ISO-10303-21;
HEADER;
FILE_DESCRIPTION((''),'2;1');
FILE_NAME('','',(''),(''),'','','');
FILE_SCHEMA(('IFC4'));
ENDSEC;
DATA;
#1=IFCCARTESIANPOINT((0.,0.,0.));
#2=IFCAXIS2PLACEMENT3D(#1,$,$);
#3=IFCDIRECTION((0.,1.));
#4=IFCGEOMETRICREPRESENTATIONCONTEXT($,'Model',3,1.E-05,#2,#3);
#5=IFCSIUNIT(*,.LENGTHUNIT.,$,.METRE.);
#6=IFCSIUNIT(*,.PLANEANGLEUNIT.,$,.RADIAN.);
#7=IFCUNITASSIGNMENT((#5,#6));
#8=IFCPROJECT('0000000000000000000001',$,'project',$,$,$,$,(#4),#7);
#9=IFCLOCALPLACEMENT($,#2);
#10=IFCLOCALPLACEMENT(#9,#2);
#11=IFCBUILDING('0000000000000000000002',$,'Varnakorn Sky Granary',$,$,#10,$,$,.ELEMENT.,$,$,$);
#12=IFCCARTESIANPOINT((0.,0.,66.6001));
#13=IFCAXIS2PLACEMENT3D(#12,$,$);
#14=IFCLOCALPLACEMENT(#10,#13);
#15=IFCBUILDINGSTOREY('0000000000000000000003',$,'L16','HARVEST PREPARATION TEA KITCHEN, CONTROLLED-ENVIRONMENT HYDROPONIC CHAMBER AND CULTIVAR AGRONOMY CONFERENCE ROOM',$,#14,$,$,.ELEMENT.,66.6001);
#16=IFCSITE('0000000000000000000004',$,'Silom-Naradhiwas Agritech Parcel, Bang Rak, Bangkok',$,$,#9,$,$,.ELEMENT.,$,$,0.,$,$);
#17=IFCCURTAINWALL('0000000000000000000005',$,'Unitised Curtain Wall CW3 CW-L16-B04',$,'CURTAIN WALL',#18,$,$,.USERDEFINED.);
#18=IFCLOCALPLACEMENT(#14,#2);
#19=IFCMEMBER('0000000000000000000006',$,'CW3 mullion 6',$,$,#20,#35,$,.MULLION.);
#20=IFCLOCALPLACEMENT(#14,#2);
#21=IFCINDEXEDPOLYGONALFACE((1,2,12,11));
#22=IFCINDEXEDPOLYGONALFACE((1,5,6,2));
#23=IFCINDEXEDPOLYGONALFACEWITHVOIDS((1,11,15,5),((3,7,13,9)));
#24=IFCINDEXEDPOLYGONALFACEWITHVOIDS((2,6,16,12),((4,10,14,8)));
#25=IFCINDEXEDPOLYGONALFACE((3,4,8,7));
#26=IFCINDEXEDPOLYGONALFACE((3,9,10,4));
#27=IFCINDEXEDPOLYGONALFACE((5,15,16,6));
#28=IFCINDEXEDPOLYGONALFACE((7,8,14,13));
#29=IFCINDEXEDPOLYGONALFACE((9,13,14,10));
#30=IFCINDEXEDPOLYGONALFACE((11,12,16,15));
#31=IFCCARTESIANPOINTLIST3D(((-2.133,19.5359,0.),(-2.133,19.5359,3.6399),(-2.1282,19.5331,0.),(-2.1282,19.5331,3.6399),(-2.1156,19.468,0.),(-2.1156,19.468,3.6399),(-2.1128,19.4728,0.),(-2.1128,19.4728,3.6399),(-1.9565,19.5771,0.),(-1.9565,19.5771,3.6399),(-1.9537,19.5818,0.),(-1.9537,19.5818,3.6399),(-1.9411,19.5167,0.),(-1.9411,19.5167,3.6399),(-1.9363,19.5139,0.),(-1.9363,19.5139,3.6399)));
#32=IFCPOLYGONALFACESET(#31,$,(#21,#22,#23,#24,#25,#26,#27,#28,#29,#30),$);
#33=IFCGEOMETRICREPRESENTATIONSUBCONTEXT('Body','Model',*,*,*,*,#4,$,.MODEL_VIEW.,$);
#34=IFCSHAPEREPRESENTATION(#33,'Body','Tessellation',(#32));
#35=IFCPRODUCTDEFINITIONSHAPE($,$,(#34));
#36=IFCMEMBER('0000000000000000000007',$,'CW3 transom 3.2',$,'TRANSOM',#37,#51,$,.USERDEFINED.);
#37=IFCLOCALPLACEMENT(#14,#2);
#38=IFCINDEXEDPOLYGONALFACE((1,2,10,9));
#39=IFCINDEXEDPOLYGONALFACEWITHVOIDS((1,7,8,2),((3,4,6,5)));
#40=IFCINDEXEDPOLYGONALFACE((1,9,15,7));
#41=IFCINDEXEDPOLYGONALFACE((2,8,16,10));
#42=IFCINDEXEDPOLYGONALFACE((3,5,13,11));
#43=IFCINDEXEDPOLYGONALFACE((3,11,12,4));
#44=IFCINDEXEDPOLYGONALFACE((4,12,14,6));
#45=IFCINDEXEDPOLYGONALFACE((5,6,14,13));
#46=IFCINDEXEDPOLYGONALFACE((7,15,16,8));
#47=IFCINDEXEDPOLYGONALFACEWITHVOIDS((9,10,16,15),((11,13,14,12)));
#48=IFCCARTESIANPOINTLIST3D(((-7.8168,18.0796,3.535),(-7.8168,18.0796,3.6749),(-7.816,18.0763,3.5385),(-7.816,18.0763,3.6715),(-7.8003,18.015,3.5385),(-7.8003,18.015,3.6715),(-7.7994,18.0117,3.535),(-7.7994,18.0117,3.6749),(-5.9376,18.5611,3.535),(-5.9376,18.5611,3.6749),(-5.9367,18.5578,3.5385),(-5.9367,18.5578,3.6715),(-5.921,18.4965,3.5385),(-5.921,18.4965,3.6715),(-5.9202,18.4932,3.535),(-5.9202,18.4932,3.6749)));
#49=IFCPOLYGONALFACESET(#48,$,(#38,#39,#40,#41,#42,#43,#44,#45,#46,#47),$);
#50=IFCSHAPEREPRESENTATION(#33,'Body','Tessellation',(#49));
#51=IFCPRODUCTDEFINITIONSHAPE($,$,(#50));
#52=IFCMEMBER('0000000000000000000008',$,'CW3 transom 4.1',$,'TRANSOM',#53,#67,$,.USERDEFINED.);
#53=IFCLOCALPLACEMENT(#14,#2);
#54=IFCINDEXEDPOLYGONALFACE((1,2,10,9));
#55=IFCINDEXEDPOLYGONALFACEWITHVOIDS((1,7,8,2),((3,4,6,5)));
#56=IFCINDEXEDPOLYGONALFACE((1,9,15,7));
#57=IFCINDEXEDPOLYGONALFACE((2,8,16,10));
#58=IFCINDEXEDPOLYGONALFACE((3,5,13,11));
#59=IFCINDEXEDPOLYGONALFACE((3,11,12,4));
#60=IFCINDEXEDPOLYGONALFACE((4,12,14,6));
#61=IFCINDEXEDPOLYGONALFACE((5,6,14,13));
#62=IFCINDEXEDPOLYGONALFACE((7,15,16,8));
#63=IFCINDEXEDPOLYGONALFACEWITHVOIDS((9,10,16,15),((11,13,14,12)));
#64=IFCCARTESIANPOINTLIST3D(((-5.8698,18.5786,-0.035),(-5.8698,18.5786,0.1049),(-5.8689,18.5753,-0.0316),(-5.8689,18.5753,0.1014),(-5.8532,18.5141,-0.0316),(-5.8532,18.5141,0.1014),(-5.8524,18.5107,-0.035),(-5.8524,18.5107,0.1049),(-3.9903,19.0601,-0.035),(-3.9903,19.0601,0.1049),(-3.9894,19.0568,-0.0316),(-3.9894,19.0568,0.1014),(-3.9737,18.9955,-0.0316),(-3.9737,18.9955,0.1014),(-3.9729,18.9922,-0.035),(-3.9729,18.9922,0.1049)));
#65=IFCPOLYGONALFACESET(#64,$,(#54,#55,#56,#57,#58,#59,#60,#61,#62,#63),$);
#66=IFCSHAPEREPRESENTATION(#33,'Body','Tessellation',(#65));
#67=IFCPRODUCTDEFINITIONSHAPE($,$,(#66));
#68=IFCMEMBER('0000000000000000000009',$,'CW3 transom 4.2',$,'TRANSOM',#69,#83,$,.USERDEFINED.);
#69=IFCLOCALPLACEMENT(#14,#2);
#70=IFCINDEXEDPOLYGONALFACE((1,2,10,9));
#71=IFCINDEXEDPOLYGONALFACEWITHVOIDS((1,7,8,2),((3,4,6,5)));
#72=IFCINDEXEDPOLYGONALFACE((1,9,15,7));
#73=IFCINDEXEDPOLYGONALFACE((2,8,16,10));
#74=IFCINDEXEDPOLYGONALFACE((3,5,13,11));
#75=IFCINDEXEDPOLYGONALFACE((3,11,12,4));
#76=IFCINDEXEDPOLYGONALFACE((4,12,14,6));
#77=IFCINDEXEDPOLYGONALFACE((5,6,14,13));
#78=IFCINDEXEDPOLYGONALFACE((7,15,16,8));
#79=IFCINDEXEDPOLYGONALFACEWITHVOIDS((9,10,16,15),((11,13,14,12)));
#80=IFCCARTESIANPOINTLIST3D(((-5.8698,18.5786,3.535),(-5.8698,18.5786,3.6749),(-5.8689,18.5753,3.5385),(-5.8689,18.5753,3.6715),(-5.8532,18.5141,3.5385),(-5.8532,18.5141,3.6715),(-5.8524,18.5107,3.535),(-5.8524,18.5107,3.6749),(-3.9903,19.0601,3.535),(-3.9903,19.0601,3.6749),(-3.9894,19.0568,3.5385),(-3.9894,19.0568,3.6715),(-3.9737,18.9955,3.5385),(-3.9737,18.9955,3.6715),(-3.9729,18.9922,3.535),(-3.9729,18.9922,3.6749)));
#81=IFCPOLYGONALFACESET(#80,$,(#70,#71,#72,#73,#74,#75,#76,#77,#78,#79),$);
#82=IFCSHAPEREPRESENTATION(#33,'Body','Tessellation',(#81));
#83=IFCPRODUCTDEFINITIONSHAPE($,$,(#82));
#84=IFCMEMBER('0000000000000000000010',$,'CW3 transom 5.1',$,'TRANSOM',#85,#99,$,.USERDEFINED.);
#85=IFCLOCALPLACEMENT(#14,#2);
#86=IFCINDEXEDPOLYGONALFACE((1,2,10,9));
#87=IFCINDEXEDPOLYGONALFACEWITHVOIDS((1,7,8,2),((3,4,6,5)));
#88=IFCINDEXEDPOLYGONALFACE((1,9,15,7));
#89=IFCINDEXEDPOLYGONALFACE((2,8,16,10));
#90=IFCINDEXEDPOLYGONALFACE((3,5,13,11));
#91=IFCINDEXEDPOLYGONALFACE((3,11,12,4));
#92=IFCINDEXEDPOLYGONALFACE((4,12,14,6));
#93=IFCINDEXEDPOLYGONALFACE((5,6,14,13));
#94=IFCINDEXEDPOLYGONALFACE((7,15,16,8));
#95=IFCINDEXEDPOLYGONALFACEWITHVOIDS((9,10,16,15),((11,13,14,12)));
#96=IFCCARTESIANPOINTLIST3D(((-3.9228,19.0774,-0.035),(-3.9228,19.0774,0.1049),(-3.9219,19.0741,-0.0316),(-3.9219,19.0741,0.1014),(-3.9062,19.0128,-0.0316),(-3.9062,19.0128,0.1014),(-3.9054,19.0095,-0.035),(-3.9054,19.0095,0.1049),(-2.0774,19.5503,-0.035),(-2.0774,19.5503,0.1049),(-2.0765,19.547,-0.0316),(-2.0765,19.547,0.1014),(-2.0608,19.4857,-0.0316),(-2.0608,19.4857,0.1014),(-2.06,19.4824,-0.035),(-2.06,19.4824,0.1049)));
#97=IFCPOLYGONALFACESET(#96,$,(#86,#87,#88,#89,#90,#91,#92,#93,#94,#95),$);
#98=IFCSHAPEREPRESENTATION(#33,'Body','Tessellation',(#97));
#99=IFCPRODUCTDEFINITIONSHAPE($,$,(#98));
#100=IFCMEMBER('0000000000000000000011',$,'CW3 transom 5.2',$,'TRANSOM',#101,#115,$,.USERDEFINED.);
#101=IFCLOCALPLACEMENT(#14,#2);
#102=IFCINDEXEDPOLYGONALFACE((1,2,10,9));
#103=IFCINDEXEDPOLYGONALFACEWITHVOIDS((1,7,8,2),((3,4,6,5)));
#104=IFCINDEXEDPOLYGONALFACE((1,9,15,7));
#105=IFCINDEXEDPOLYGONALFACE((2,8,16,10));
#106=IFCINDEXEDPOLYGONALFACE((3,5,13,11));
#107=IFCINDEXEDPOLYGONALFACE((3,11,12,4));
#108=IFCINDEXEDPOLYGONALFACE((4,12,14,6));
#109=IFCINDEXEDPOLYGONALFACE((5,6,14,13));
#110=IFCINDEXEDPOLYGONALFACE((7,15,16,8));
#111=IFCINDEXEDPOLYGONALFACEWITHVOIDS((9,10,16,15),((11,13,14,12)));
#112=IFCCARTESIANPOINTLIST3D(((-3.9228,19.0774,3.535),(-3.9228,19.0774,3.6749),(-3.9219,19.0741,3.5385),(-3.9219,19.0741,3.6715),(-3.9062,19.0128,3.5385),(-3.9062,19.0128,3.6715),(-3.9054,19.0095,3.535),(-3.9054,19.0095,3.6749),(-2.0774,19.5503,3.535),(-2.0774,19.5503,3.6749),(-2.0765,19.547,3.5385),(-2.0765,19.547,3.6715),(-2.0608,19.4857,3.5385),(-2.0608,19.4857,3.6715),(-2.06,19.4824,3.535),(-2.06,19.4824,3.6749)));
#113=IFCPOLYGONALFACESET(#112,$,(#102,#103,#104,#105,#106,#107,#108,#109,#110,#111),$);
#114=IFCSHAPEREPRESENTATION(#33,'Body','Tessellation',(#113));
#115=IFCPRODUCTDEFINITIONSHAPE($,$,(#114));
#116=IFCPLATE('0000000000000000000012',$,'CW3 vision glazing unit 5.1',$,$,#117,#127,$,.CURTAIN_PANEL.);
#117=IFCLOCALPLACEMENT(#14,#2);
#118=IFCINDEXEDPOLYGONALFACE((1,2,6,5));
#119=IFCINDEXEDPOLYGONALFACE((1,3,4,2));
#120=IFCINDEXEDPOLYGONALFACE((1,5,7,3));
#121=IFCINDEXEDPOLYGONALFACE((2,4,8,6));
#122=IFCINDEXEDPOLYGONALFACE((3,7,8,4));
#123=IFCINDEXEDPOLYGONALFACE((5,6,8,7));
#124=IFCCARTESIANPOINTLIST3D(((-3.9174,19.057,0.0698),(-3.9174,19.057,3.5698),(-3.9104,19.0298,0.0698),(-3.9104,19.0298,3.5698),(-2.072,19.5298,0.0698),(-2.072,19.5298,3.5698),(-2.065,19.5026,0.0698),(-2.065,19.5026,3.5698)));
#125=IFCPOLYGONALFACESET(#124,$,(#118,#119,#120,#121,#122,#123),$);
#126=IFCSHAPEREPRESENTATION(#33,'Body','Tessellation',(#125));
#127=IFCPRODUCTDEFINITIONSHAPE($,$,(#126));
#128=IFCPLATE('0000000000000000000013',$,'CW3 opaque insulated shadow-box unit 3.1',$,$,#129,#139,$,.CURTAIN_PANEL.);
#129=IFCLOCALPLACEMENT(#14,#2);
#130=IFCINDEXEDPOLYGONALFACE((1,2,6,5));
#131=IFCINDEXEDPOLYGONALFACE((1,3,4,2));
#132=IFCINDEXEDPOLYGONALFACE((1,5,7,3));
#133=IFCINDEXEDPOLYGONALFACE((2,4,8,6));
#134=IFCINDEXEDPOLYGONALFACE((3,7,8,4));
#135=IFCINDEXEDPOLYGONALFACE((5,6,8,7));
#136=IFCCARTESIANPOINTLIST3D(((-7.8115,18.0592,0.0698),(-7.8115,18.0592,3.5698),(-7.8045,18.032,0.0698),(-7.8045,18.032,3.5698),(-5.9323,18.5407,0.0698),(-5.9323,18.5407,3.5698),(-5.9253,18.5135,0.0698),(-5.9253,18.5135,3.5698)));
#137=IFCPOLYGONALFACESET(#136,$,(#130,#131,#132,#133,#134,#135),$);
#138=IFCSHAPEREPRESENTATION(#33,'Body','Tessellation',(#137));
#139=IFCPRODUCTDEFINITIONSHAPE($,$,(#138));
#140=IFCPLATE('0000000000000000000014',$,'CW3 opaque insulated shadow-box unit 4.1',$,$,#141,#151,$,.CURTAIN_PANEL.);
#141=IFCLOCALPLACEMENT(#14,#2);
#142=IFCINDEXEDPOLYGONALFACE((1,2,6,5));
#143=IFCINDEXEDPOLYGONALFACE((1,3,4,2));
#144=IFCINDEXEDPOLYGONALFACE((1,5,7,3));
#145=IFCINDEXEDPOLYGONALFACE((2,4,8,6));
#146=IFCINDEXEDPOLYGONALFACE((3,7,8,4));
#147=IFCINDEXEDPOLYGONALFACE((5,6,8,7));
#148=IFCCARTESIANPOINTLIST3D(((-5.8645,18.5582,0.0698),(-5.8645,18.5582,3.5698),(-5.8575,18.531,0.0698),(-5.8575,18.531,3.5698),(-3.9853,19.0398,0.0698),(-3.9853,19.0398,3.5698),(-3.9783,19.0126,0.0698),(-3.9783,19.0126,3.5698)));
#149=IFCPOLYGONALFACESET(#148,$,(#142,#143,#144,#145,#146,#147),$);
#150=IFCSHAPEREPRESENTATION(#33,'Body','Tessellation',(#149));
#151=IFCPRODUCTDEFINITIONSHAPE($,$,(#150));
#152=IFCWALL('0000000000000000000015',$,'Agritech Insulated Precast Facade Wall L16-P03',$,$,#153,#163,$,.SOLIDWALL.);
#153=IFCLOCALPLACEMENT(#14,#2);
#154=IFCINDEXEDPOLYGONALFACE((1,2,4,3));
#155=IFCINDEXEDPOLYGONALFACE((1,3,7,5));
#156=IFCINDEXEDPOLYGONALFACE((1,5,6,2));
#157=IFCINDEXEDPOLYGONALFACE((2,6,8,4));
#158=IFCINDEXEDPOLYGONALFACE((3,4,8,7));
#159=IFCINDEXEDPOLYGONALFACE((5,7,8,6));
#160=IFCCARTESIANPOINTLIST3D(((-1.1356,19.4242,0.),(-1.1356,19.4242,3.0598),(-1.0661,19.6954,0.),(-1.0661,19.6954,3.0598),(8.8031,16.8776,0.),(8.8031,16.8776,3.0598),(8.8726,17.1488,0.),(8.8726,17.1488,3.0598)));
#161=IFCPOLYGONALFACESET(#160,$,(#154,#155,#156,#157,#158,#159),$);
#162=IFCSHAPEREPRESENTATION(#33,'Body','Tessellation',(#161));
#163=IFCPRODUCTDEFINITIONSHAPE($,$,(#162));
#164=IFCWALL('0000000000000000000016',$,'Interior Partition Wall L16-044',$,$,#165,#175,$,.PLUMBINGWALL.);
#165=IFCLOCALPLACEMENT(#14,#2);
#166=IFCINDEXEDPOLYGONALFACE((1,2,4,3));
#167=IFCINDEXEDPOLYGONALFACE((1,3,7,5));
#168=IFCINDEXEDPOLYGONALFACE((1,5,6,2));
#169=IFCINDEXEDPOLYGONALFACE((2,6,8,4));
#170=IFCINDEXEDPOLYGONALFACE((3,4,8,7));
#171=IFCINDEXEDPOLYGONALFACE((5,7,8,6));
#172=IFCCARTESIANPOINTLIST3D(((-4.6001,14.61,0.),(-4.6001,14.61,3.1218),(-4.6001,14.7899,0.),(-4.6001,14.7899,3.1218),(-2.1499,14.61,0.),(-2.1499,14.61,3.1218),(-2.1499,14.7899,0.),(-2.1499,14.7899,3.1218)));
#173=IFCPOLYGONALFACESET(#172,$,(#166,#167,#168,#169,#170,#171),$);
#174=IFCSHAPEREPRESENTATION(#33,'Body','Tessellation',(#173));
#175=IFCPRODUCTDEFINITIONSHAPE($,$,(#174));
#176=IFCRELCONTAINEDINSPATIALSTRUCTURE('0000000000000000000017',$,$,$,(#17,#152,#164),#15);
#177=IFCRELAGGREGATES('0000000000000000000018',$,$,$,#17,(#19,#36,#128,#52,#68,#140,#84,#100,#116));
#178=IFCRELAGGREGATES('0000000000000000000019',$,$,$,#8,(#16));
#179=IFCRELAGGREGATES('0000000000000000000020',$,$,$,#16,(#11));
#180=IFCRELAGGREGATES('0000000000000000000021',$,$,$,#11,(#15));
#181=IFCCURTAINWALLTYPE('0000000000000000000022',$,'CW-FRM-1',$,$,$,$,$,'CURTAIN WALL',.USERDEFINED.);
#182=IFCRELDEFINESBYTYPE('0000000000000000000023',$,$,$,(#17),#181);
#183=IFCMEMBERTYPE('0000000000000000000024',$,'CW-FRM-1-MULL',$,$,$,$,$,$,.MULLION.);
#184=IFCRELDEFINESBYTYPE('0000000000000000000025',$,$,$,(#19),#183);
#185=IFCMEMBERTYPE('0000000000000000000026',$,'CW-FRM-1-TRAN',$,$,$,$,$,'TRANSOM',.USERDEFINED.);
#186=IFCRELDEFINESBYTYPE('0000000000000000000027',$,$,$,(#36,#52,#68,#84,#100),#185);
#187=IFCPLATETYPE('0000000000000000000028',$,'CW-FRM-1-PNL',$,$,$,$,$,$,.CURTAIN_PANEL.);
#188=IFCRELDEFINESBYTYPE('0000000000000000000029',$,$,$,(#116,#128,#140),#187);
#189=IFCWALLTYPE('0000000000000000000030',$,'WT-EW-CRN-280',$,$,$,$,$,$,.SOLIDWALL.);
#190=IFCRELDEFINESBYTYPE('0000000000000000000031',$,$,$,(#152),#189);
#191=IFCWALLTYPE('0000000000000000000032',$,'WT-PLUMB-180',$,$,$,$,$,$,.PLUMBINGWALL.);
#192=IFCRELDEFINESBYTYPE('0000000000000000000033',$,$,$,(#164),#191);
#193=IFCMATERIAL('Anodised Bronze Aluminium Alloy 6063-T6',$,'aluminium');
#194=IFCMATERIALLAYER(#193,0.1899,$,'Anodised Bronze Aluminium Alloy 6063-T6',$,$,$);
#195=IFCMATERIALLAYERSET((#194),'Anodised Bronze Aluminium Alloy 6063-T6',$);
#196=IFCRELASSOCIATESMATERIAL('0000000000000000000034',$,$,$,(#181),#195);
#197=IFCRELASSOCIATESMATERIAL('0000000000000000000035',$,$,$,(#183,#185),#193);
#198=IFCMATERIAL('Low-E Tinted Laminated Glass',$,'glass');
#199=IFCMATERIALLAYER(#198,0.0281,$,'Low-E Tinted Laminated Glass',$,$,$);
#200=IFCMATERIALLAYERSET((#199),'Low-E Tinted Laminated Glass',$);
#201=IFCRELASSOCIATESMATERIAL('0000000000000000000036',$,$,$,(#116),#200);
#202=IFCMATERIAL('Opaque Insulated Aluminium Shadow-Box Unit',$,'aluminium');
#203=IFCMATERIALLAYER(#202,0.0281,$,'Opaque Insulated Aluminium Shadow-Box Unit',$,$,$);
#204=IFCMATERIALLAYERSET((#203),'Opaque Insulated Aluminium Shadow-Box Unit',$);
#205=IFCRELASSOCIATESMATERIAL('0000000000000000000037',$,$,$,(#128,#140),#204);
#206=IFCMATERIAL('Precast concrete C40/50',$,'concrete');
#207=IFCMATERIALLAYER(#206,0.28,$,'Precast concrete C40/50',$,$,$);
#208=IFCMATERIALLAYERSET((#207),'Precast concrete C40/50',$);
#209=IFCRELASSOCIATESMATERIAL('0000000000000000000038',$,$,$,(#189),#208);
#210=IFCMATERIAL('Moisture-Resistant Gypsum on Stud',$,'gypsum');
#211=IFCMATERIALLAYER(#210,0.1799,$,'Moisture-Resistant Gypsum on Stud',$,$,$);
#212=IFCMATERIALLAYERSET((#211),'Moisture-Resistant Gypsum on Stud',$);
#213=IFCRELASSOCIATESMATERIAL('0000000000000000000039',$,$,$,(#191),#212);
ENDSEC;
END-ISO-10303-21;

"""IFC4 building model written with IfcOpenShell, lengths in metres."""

from ifc_helpers import new_model, si_unit, direction, frame, frame_2d, origin, origin_2d, place, context, subcontext, project, spatial, rectangle, hollow_rectangle, extrude, source, transform, mapped, material, layer, layer_set, material_profile, profile_set, type_object, type_shapes, element, aggregate, save


model = new_model("IFC4")

# Units and contexts
model_context = context("Model", 3, precision=1e-05, world=origin(), true_north=direction((0.0, 1.0)))
body_context = subcontext(model_context, "Body", "Model", "MODEL_VIEW")
ifc_project = project(units=[si_unit("LENGTHUNIT", "METRE"), si_unit("PLANEANGLEUNIT", "RADIAN")], contexts=[model_context])

# Site, building, storey
site_placement = place(None, origin())
site = spatial("IfcSite", under=ifc_project, at=site_placement, Name="Silom-Naradhiwas Agritech Parcel, Bang Rak, Bangkok", CompositionType="ELEMENT", RefElevation=0.0)
building_placement = place(site_placement, origin())
building = spatial("IfcBuilding", under=site, at=building_placement, Name="Varnakorn Sky Granary", CompositionType="ELEMENT")
storey_placement = place(building_placement, frame((0.0, 0.0, 66.6001)))
storey = spatial("IfcBuildingStorey", under=building, at=storey_placement, Name="L16", Description="HARVEST PREPARATION TEA KITCHEN, CONTROLLED-ENVIRONMENT HYDROPONIC CHAMBER AND CULTIVAR AGRONOMY CONFERENCE ROOM", CompositionType="ELEMENT", Elevation=66.6001)

# Curtain wall, members, plates
ifc_material_1 = material(Name="Anodised Bronze Aluminium Alloy 6063-T6", Category="aluminium")
ifc_layer_1 = layer(ifc_material_1, 0.1899, Name="Anodised Bronze Aluminium Alloy 6063-T6")
ifc_layer_set_1 = layer_set([ifc_layer_1], Name="Anodised Bronze Aluminium Alloy 6063-T6")
curtain_wall_type = type_object("IfcCurtainWallType", Name="CW-FRM-1", ElementType="CURTAIN WALL", PredefinedType="USERDEFINED", material=ifc_layer_set_1)
curtain_wall_placement = place(storey_placement, origin())
curtain_wall = element("IfcCurtainWall", 1, at=curtain_wall_placement, inside=storey, type_object=curtain_wall_type, Name="Unitised Curtain Wall CW3 CW-L16-B04", ObjectType="CURTAIN WALL", PredefinedType="USERDEFINED")
ifc_material_profile_1 = material_profile(ifc_material_1, hollow_rectangle(XDim=0.0701, YDim=0.1851, WallThickness=0.0039, at=origin_2d()), Name="ALU MULL 70x185")
ifc_profile_set_1 = profile_set([ifc_material_profile_1], Name="Anodised Bronze Aluminium Alloy 6063-T6")
member_type_1 = type_object("IfcMemberType", Name="CW-FRM-1-MULL", PredefinedType="MULLION", material=ifc_profile_set_1)
member_1_placement = place(storey_placement, frame((-2.0347, 19.5249, 0.0), z_axis=(0.0, 0.0, 1.0), x_axis=(-0.248211, 0.968706, 0.0)))
member_1 = element("IfcMember", 2, at=member_1_placement, type_object=member_type_1, Name="CW3 mullion 6", PredefinedType="MULLION", context=body_context, shape_type="SweptSolid", body=[
    extrude(hollow_rectangle(XDim=0.0701, YDim=0.1851, WallThickness=0.0039, at=origin_2d()), origin(), (0.0, 0.0, 1.0), 3.6399),
])
ifc_material_profile_2 = material_profile(ifc_material_1, hollow_rectangle(XDim=0.0701, YDim=0.1399, WallThickness=0.0034, at=origin_2d()), Name="ALU TRAN 70x140")
ifc_profile_set_2 = profile_set([ifc_material_profile_2], Name="Anodised Bronze Aluminium Alloy 6063-T6")
member_type_2 = type_object("IfcMemberType", Name="CW-FRM-1-TRAN", ElementType="TRANSOM", PredefinedType="USERDEFINED", material=ifc_profile_set_2)
member_2_placement = place(storey_placement, frame((-7.8081, 18.0457, 3.605), z_axis=(0.968712, 0.248188, 0.0), x_axis=(-0.248188, 0.968712, 0.0)))
member_2 = element("IfcMember", 3, at=member_2_placement, type_object=member_type_2, Name="CW3 transom 3.2", ObjectType="TRANSOM", PredefinedType="USERDEFINED", context=body_context, shape_type="SweptSolid", body=[
    extrude(hollow_rectangle(XDim=0.0701, YDim=0.1399, WallThickness=0.0034, at=origin_2d()), origin(), (0.0, 0.0, 1.0), 1.9399),
])
member_3_placement = place(storey_placement, frame((-5.8611, 18.5447, 0.0349), z_axis=(0.96872, 0.248157, 0.0), x_axis=(-0.248157, 0.96872, 0.0)))
member_3 = element("IfcMember", 4, at=member_3_placement, type_object=member_type_2, Name="CW3 transom 4.1", ObjectType="TRANSOM", PredefinedType="USERDEFINED", context=body_context, shape_type="SweptSolid", body=[
    extrude(hollow_rectangle(XDim=0.0701, YDim=0.1399, WallThickness=0.0034, at=origin_2d()), origin(), (0.0, 0.0, 1.0), 1.9402),
])
member_4_placement = place(storey_placement, frame((-5.8611, 18.5447, 3.605), z_axis=(0.96872, 0.248157, 0.0), x_axis=(-0.248157, 0.96872, 0.0)))
member_4 = element("IfcMember", 5, at=member_4_placement, type_object=member_type_2, Name="CW3 transom 4.2", ObjectType="TRANSOM", PredefinedType="USERDEFINED", context=body_context, shape_type="SweptSolid", body=[
    extrude(hollow_rectangle(XDim=0.0701, YDim=0.1399, WallThickness=0.0034, at=origin_2d()), origin(), (0.0, 0.0, 1.0), 1.9402),
])
member_5_placement = place(storey_placement, frame((-3.9141, 19.0435, 0.0349), z_axis=(0.968701, 0.24823, 0.0), x_axis=(-0.24823, 0.968701, 0.0)))
member_5 = element("IfcMember", 6, at=member_5_placement, type_object=member_type_2, Name="CW3 transom 5.1", ObjectType="TRANSOM", PredefinedType="USERDEFINED", context=body_context, shape_type="SweptSolid", body=[
    extrude(hollow_rectangle(XDim=0.0701, YDim=0.1399, WallThickness=0.0034, at=origin_2d()), origin(), (0.0, 0.0, 1.0), 1.905),
])
member_6_placement = place(storey_placement, frame((-3.9141, 19.0435, 3.605), z_axis=(0.968701, 0.24823, 0.0), x_axis=(-0.24823, 0.968701, 0.0)))
member_6 = element("IfcMember", 7, at=member_6_placement, type_object=member_type_2, Name="CW3 transom 5.2", ObjectType="TRANSOM", PredefinedType="USERDEFINED", context=body_context, shape_type="SweptSolid", body=[
    extrude(hollow_rectangle(XDim=0.0701, YDim=0.1399, WallThickness=0.0034, at=origin_2d()), origin(), (0.0, 0.0, 1.0), 1.905),
])
ifc_material_2 = material(Name="Low-E Tinted Laminated Glass", Category="glass")
ifc_layer_2 = layer(ifc_material_2, 0.0281, Name="Low-E Tinted Laminated Glass")
ifc_layer_set_2 = layer_set([ifc_layer_2], Name="Low-E Tinted Laminated Glass")
plate_type = type_object("IfcPlateType", Name="CW-FRM-1-PNL", PredefinedType="CURTAIN_PANEL")
shared_shape_1 = source(origin(), body_context, "Body", "SweptSolid", [
    extrude(rectangle(XDim=1.905, YDim=0.0281, at=origin_2d()), origin(), (0.0, 0.0, 1.0), 3.5),
])
plate_1_placement = place(storey_placement, frame((-2.9912, 19.2798, 0.0698), z_axis=(0.0, 0.0, 1.0), x_axis=(0.968706, 0.248211, 0.0)))
plate_1 = element("IfcPlate", 8, at=plate_1_placement, type_object=plate_type, material=ifc_layer_set_2, Name="CW3 vision glazing unit 5.1", PredefinedType="CURTAIN_PANEL", context=body_context, shape_type="MappedRepresentation", body=[
    mapped(shared_shape_1, transform((0.0, 0.0, 0.0), x_axis=(1.0, 0.0, 0.0), y_axis=(0.0, 1.0, 0.0), z_axis=(0.0, 0.0, 1.0), scale=1.0)),
])
ifc_material_3 = material(Name="Opaque Insulated Aluminium Shadow-Box Unit", Category="aluminium")
ifc_layer_3 = layer(ifc_material_3, 0.0281, Name="Opaque Insulated Aluminium Shadow-Box Unit")
ifc_layer_set_3 = layer_set([ifc_layer_3], Name="Opaque Insulated Aluminium Shadow-Box Unit")
shared_shape_2 = source(origin(), body_context, "Body", "SweptSolid", [
    extrude(rectangle(XDim=1.9399, YDim=0.0281, at=origin_2d()), origin(), (0.0, 0.0, 1.0), 3.5),
])
type_shapes(plate_type, [shared_shape_1, shared_shape_2])
plate_2_placement = place(storey_placement, frame((-6.8684, 18.2864, 0.0698), z_axis=(0.0, 0.0, 1.0), x_axis=(0.968706, 0.248211, 0.0)))
plate_2 = element("IfcPlate", 9, at=plate_2_placement, type_object=plate_type, material=ifc_layer_set_3, Name="CW3 opaque insulated shadow-box unit 3.1", PredefinedType="CURTAIN_PANEL", context=body_context, shape_type="MappedRepresentation", body=[
    mapped(shared_shape_2, transform((0.0, 0.0, 0.0), x_axis=(1.0, 0.0, 0.0), y_axis=(0.0, 1.0, 0.0), z_axis=(0.0, 0.0, 1.0), scale=1.0)),
])
plate_3_placement = place(storey_placement, frame((-4.9214, 18.7854, 0.0698), z_axis=(0.0, 0.0, 1.0), x_axis=(0.968706, 0.248211, 0.0)))
plate_3 = element("IfcPlate", 10, at=plate_3_placement, type_object=plate_type, material=ifc_layer_set_3, Name="CW3 opaque insulated shadow-box unit 4.1", PredefinedType="CURTAIN_PANEL", context=body_context, shape_type="MappedRepresentation", body=[
    mapped(shared_shape_2, transform((0.0, 0.0, 0.0), x_axis=(1.0, 0.0, 0.0), y_axis=(0.0, 1.0, 0.0), z_axis=(0.0, 0.0, 1.0), scale=1.0)),
])
aggregate(curtain_wall, [member_1, member_2, plate_2, member_3, member_4, plate_3, member_5, member_6, plate_1])

# Walls
ifc_material_4 = material(Name="Precast concrete C40/50", Category="concrete")
ifc_layer_4 = layer(ifc_material_4, 0.28, Name="Precast concrete C40/50")
ifc_layer_set_4 = layer_set([ifc_layer_4], Name="Precast concrete C40/50")
wall_type_1 = type_object("IfcWallType", Name="WT-EW-CRN-280", PredefinedType="SOLIDWALL", material=ifc_layer_set_4)
wall_1_placement = place(storey_placement, frame((-1.1008, 19.5598, 0.0), z_axis=(0.0, 0.0, 1.0), x_axis=(0.968705, -0.248214, 0.0)))
element("IfcWall", 11, at=wall_1_placement, inside=storey, type_object=wall_type_1, Name="Agritech Insulated Precast Facade Wall L16-P03", PredefinedType="SOLIDWALL", context=body_context, shape_type="SweptSolid", body=[
    extrude(rectangle(XDim=10.2598, YDim=0.28, at=frame_2d((5.1299, 0.0))), origin(), (0.0, 0.0, 1.0), 3.0598),
])
ifc_material_5 = material(Name="Moisture-Resistant Gypsum on Stud", Category="gypsum")
ifc_layer_5 = layer(ifc_material_5, 0.1799, Name="Moisture-Resistant Gypsum on Stud")
ifc_layer_set_5 = layer_set([ifc_layer_5], Name="Moisture-Resistant Gypsum on Stud")
wall_type_2 = type_object("IfcWallType", Name="WT-PLUMB-180", PredefinedType="PLUMBINGWALL", material=ifc_layer_set_5)
wall_2_placement = place(storey_placement, frame((-2.1499, 14.7, 0.0), z_axis=(0.0, 0.0, 1.0), x_axis=(-1.0, 0.0, 0.0)))
element("IfcWall", 12, at=wall_2_placement, inside=storey, type_object=wall_type_2, Name="Interior Partition Wall L16-044", PredefinedType="PLUMBINGWALL", context=body_context, shape_type="SweptSolid", body=[
    extrude(rectangle(XDim=2.4502, YDim=0.1799, at=frame_2d((1.2251, 0.0))), origin(), (0.0, 0.0, 1.0), 3.1218),
])

save(model, "model.ifc")
